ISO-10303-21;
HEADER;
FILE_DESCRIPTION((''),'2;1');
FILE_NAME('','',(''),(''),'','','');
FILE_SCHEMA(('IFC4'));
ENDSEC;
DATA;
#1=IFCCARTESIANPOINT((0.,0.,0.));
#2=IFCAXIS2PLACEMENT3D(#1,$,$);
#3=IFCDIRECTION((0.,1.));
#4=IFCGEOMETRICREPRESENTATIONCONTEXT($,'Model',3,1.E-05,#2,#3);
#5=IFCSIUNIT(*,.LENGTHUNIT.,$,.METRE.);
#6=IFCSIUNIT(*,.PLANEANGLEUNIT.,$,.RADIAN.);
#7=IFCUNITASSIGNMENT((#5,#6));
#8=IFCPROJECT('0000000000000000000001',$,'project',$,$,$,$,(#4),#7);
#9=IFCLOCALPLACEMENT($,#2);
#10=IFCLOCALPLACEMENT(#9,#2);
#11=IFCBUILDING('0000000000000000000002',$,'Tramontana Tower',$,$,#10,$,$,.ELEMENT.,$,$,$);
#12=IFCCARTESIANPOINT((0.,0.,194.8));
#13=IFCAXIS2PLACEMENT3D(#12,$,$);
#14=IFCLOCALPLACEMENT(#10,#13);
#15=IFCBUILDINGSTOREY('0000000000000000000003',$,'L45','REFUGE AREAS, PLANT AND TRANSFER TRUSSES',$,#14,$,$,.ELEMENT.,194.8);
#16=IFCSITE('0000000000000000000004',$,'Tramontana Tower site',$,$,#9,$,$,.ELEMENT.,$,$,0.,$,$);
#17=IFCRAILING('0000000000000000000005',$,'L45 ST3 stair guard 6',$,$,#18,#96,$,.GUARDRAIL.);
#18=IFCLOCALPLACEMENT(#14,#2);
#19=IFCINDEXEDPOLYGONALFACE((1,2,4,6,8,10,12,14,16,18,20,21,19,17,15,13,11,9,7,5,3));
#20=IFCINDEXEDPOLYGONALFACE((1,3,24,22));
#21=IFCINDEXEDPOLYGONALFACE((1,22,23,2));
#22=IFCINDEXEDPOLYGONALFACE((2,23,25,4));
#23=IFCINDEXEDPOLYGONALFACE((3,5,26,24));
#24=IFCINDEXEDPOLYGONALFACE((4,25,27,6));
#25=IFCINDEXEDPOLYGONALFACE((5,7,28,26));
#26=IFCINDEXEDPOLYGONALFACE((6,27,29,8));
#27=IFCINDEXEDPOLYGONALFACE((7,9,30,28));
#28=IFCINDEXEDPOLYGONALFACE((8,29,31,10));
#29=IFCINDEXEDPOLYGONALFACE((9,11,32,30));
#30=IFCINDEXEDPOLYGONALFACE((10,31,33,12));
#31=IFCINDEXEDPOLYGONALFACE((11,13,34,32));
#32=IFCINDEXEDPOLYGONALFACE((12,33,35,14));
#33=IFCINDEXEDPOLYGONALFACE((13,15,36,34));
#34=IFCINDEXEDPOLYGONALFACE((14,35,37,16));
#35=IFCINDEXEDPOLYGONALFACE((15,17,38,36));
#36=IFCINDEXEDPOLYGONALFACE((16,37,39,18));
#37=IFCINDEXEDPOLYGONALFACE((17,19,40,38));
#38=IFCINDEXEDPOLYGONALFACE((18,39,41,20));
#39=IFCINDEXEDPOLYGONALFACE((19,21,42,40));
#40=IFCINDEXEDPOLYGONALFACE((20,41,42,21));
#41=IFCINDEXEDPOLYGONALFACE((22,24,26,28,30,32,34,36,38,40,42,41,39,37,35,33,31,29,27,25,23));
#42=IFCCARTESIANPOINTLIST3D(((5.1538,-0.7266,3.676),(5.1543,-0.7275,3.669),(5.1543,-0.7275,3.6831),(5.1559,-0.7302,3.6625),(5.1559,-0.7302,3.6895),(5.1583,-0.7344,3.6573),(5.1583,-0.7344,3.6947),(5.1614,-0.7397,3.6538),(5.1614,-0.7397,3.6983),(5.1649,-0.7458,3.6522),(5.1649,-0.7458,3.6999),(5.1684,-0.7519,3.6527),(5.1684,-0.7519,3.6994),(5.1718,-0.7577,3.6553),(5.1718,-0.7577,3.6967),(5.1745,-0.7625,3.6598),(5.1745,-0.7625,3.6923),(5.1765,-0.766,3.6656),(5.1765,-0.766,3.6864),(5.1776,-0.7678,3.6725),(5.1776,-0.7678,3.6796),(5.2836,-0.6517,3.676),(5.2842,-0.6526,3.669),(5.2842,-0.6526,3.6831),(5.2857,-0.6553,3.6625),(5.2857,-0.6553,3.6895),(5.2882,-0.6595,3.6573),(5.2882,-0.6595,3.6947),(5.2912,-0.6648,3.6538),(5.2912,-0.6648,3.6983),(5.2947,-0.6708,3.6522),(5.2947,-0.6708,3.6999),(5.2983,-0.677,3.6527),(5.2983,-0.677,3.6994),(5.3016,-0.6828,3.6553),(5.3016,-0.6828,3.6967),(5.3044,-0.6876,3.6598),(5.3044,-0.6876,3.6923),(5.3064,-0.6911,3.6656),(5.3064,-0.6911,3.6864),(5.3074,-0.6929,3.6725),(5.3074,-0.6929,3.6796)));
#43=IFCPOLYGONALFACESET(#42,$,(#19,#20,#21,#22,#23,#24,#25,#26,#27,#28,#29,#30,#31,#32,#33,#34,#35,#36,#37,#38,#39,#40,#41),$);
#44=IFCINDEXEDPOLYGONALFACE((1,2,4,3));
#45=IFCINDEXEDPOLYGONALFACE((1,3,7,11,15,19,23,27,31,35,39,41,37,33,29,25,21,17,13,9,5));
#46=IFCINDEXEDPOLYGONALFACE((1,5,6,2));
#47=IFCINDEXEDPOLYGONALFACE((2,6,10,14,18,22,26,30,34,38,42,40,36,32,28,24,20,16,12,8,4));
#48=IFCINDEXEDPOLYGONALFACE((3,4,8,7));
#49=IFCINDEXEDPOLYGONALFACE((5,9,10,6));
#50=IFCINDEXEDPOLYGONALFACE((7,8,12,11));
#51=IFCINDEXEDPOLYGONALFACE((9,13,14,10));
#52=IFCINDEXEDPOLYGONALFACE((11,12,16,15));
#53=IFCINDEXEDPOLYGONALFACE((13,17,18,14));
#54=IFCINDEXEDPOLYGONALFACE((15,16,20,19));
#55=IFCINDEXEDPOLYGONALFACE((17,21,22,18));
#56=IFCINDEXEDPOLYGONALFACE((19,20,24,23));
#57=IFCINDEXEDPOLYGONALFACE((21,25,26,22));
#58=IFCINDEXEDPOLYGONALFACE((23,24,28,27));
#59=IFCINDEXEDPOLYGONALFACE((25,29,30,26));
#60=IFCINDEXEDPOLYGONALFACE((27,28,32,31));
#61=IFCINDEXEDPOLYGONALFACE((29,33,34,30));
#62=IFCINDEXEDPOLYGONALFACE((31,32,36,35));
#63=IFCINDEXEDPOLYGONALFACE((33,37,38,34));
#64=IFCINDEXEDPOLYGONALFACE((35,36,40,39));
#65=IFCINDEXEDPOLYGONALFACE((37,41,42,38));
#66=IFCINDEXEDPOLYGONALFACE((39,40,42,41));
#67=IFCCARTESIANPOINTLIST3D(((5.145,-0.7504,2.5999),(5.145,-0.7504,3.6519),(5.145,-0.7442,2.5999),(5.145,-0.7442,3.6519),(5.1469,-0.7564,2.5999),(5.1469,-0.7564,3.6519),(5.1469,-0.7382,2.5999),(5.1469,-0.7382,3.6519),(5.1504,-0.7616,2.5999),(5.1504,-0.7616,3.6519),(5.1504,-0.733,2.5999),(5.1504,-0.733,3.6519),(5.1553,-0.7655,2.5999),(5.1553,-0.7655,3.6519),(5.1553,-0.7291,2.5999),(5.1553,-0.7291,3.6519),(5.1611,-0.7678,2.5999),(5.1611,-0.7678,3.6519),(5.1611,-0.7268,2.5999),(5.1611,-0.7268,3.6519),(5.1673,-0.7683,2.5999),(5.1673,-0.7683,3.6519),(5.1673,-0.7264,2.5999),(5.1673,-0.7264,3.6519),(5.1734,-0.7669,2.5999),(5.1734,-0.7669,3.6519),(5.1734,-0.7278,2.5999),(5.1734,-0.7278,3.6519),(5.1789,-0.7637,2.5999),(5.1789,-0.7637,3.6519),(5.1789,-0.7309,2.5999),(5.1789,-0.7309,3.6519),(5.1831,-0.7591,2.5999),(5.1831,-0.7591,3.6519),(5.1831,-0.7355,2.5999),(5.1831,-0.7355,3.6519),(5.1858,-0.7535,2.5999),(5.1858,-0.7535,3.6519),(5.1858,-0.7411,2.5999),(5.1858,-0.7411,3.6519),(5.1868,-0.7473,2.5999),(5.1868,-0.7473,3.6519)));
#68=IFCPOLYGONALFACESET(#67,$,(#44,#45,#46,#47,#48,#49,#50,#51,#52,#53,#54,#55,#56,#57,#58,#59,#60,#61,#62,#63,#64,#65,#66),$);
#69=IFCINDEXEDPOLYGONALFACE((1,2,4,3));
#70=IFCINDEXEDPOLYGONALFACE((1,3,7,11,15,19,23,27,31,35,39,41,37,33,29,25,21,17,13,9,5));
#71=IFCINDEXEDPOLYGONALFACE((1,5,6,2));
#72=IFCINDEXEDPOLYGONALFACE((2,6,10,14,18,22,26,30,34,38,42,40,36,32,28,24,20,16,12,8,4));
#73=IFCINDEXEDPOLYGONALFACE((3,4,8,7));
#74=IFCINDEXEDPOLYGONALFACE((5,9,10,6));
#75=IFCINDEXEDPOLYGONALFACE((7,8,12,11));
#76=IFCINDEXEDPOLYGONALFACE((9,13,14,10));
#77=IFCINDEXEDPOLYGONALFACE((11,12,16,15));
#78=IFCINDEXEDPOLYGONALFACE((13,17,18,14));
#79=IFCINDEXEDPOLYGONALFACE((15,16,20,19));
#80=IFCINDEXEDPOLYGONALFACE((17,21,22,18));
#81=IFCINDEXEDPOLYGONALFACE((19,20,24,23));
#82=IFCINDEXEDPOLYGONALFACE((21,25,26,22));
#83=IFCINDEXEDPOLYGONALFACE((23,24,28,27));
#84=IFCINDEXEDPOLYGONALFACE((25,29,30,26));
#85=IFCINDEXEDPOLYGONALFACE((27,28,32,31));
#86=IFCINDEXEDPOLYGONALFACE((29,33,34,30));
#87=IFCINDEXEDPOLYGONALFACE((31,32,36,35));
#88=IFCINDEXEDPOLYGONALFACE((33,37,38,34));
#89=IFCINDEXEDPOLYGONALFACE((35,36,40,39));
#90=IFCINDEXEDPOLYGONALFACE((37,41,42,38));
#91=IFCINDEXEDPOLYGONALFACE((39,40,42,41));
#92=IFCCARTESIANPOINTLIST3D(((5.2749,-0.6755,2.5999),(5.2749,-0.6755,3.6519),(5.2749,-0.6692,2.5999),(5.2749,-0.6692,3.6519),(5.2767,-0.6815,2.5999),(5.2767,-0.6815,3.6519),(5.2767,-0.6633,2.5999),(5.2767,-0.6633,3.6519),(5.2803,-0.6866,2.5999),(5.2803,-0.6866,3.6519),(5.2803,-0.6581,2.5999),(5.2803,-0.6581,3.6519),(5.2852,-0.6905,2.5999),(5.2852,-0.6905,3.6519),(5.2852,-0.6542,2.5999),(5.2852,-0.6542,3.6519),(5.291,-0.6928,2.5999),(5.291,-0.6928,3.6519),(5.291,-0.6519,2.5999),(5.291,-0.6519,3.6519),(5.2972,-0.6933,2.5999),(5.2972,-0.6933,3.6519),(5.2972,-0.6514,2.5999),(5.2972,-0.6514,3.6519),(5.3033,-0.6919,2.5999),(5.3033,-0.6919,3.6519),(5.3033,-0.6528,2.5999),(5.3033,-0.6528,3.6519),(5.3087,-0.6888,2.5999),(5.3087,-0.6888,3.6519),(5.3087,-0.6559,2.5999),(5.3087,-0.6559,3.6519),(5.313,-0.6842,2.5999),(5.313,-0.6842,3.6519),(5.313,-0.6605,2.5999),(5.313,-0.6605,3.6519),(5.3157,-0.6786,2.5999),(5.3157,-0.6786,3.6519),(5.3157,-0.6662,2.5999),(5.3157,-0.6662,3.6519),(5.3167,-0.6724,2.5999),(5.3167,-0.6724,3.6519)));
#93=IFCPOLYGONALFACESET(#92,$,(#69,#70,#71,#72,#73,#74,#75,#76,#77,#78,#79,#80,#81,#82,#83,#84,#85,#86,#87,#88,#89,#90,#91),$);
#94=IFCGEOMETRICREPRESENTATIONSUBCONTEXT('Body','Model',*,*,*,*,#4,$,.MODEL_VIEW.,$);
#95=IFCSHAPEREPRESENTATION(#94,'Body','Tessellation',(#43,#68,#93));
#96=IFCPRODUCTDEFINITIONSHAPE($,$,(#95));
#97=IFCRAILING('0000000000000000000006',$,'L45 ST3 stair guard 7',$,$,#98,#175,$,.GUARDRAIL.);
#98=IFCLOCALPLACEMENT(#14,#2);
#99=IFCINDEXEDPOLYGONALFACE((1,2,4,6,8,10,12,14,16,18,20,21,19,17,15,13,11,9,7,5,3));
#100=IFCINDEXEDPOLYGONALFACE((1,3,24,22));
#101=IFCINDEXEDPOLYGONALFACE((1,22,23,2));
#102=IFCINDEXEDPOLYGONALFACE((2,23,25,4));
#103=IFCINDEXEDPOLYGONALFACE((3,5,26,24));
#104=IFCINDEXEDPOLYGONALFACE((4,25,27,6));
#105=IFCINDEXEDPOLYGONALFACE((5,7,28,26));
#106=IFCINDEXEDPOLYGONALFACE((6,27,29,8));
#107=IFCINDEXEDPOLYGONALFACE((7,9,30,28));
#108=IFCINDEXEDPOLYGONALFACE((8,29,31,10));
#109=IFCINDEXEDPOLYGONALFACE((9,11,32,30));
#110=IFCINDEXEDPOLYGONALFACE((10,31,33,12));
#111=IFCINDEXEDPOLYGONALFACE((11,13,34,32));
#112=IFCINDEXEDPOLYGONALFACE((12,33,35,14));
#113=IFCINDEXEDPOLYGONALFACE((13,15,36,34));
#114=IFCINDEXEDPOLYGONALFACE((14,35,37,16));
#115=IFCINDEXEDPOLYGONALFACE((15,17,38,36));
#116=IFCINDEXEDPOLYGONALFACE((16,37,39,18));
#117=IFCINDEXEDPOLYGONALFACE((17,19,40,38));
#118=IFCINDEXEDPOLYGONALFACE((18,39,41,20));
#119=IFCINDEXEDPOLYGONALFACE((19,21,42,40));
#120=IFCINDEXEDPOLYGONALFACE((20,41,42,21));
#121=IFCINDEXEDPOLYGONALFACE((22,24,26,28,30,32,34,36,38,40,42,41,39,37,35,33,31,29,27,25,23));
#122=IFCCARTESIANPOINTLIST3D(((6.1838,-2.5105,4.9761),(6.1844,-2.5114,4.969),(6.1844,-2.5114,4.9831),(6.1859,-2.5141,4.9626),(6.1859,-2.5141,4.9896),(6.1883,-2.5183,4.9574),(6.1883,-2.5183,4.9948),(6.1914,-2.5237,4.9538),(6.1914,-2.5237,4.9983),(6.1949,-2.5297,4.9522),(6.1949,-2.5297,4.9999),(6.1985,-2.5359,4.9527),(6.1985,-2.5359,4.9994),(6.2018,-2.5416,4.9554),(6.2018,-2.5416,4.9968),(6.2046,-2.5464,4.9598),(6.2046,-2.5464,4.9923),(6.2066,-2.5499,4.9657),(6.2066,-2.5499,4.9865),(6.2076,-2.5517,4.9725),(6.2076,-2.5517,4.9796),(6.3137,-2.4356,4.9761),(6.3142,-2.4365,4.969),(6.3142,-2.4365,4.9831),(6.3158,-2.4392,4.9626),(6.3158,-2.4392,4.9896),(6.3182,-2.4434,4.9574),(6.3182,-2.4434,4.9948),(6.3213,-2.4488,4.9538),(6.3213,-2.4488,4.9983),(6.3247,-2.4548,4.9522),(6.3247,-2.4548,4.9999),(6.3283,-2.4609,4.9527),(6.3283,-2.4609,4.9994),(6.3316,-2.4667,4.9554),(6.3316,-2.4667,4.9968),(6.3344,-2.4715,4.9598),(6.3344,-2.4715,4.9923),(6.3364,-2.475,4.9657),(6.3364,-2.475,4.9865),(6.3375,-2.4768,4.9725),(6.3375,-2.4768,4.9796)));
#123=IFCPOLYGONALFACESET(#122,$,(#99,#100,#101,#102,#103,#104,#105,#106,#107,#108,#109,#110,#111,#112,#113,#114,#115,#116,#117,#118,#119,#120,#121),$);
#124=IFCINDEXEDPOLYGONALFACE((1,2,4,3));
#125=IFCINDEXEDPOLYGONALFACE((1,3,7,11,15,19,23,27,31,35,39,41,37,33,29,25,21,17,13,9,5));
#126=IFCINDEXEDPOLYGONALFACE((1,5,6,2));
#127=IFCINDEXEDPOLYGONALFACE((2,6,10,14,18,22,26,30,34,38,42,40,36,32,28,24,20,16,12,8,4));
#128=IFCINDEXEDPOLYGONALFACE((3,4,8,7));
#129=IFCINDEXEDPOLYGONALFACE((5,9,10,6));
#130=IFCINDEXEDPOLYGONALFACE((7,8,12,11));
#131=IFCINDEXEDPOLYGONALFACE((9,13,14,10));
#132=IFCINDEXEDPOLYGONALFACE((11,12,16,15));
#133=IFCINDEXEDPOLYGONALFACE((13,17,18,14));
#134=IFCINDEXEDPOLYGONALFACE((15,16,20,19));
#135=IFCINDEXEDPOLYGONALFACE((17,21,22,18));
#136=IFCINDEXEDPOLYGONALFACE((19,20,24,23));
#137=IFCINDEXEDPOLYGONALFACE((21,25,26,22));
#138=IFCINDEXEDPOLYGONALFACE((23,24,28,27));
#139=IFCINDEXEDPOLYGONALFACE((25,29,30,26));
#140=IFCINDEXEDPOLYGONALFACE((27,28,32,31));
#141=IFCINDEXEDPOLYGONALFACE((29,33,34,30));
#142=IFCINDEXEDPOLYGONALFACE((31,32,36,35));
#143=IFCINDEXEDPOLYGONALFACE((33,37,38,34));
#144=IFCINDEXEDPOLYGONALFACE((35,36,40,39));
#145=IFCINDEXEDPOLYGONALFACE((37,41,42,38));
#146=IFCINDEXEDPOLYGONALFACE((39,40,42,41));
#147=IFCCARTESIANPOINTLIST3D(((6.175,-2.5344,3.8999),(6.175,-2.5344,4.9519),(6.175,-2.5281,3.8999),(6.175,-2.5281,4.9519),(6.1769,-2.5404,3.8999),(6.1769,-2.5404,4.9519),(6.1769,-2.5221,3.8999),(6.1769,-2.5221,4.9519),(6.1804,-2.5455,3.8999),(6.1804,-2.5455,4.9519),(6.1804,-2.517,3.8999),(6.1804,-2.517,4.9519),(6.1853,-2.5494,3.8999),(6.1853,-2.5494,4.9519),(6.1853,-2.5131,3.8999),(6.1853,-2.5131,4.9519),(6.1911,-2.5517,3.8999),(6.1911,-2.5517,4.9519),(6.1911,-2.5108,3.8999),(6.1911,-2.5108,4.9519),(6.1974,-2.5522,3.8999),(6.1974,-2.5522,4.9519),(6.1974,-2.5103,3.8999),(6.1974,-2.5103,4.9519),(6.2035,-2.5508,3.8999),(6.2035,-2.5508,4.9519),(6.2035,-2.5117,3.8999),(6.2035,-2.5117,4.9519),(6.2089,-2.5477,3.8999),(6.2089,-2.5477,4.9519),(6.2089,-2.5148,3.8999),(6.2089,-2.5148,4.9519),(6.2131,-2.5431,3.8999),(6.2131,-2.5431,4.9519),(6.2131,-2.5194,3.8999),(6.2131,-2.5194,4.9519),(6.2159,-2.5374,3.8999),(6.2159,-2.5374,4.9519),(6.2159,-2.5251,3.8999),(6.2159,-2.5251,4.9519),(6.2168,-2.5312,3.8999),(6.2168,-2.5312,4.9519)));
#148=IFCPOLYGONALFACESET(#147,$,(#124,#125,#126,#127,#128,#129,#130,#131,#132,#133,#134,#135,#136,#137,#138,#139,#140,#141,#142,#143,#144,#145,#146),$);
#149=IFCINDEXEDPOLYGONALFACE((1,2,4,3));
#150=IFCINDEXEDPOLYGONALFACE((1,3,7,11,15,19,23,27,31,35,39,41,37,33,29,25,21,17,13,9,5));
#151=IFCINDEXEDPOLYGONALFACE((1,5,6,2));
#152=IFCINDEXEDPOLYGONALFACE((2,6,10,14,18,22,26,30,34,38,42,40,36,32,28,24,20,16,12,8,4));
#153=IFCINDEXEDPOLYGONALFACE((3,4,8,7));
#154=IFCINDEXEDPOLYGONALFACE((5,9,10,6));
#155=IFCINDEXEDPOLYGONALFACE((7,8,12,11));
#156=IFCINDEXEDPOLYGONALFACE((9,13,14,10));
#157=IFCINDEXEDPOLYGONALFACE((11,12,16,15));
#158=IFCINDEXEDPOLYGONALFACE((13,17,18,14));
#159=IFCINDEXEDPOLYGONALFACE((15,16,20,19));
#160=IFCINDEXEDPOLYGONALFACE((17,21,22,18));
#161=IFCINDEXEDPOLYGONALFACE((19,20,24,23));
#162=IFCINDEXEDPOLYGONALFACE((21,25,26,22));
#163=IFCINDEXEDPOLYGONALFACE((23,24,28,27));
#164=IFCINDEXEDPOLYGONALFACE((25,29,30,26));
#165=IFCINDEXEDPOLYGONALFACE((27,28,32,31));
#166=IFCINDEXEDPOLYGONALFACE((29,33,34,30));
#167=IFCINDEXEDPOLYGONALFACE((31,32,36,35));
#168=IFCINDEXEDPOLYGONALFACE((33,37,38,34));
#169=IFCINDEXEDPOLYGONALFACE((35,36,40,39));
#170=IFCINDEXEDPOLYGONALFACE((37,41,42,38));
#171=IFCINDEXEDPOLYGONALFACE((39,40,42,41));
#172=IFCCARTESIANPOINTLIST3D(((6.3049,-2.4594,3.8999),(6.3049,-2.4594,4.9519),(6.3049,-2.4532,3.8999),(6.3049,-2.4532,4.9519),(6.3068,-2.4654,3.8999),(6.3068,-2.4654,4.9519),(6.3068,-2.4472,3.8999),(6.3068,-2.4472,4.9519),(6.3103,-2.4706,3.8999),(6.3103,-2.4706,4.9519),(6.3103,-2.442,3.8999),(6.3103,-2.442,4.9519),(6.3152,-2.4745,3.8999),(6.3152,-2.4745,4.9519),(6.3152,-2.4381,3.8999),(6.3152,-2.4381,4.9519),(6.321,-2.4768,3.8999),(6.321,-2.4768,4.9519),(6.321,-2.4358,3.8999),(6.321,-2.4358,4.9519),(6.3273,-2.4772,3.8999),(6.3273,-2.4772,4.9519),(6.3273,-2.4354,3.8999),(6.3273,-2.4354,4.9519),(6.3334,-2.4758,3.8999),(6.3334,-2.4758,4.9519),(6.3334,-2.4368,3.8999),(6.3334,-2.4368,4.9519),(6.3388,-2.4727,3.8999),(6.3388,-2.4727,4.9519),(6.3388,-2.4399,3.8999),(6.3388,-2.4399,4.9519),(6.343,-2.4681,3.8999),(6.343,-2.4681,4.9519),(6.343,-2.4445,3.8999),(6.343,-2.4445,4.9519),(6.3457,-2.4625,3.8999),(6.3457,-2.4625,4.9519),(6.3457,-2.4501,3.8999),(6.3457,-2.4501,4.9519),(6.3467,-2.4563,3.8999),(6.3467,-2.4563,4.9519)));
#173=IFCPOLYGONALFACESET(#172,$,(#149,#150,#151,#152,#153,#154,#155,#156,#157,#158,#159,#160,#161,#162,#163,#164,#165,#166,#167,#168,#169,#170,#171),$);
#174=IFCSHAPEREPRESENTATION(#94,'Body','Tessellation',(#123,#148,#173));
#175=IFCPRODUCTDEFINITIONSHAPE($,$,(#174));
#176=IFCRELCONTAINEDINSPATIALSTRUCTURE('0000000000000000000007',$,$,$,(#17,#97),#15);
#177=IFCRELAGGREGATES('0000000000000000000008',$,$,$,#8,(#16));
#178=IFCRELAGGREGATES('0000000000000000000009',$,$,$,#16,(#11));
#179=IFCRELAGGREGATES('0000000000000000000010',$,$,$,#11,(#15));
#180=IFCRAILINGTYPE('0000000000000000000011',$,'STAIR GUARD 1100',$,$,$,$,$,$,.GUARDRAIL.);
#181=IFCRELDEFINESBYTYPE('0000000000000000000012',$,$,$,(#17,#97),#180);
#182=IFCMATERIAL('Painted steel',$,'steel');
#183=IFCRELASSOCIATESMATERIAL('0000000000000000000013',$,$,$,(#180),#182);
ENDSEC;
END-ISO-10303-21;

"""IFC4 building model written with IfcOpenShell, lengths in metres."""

from ifc_helpers import new_model, si_unit, direction, frame, origin, origin_2d, place, context, subcontext, project, spatial, circle, extrude, material, type_object, element, save


model = new_model("IFC4")

# Units and contexts
model_context = context("Model", 3, precision=1e-05, world=origin(), true_north=direction((0.0, 1.0)))
body_context = subcontext(model_context, "Body", "Model", "MODEL_VIEW")
ifc_project = project(units=[si_unit("LENGTHUNIT", "METRE"), si_unit("PLANEANGLEUNIT", "RADIAN")], contexts=[model_context])

# Site, building, storey
site_placement = place(None, origin())
site = spatial("IfcSite", under=ifc_project, at=site_placement, Name="Tramontana Tower site", CompositionType="ELEMENT", RefElevation=0.0)
building_placement = place(site_placement, origin())
building = spatial("IfcBuilding", under=site, at=building_placement, Name="Tramontana Tower", CompositionType="ELEMENT")
storey_placement = place(building_placement, frame((0.0, 0.0, 194.8)))
storey = spatial("IfcBuildingStorey", under=building, at=storey_placement, Name="L45", Description="REFUGE AREAS, PLANT AND TRANSFER TRUSSES", CompositionType="ELEMENT", Elevation=194.8)

# Railings
ifc_material_1 = material(Name="Painted steel", Category="steel")
railing_type_1 = type_object("IfcRailingType", Name="STAIR GUARD 1100", PredefinedType="GUARDRAIL", material=ifc_material_1)
for number, where, name in (
    (1, (5.1658, -0.7473, 2.5999), "L45 ST3 stair guard 6"),
    (2, (6.1958, -2.5312, 3.8999), "L45 ST3 stair guard 7"),
):
    element("IfcRailing", number, at=place(storey_placement, frame(where)), inside=storey, type_object=railing_type_1, Name=name, PredefinedType="GUARDRAIL", context=body_context, shape_type="SweptSolid", body=[
        extrude(circle(Radius=0.0239, at=origin_2d()), frame((0.0, 0.0, 1.0762), z_axis=(0.866131, 0.499816, 0.0), x_axis=(-0.499816, 0.866131, 0.0)), (0.0, 0.0, 1.0), 0.1499),
        extrude(circle(Radius=0.021, at=origin_2d()), origin(), (0.0, 0.0, 1.0), 1.052),
        extrude(circle(Radius=0.021, at=origin_2d()), frame((0.1299, 0.075, 0.0)), (0.0, 0.0, 1.0), 1.052),
    ])

save(model, "model.ifc")
